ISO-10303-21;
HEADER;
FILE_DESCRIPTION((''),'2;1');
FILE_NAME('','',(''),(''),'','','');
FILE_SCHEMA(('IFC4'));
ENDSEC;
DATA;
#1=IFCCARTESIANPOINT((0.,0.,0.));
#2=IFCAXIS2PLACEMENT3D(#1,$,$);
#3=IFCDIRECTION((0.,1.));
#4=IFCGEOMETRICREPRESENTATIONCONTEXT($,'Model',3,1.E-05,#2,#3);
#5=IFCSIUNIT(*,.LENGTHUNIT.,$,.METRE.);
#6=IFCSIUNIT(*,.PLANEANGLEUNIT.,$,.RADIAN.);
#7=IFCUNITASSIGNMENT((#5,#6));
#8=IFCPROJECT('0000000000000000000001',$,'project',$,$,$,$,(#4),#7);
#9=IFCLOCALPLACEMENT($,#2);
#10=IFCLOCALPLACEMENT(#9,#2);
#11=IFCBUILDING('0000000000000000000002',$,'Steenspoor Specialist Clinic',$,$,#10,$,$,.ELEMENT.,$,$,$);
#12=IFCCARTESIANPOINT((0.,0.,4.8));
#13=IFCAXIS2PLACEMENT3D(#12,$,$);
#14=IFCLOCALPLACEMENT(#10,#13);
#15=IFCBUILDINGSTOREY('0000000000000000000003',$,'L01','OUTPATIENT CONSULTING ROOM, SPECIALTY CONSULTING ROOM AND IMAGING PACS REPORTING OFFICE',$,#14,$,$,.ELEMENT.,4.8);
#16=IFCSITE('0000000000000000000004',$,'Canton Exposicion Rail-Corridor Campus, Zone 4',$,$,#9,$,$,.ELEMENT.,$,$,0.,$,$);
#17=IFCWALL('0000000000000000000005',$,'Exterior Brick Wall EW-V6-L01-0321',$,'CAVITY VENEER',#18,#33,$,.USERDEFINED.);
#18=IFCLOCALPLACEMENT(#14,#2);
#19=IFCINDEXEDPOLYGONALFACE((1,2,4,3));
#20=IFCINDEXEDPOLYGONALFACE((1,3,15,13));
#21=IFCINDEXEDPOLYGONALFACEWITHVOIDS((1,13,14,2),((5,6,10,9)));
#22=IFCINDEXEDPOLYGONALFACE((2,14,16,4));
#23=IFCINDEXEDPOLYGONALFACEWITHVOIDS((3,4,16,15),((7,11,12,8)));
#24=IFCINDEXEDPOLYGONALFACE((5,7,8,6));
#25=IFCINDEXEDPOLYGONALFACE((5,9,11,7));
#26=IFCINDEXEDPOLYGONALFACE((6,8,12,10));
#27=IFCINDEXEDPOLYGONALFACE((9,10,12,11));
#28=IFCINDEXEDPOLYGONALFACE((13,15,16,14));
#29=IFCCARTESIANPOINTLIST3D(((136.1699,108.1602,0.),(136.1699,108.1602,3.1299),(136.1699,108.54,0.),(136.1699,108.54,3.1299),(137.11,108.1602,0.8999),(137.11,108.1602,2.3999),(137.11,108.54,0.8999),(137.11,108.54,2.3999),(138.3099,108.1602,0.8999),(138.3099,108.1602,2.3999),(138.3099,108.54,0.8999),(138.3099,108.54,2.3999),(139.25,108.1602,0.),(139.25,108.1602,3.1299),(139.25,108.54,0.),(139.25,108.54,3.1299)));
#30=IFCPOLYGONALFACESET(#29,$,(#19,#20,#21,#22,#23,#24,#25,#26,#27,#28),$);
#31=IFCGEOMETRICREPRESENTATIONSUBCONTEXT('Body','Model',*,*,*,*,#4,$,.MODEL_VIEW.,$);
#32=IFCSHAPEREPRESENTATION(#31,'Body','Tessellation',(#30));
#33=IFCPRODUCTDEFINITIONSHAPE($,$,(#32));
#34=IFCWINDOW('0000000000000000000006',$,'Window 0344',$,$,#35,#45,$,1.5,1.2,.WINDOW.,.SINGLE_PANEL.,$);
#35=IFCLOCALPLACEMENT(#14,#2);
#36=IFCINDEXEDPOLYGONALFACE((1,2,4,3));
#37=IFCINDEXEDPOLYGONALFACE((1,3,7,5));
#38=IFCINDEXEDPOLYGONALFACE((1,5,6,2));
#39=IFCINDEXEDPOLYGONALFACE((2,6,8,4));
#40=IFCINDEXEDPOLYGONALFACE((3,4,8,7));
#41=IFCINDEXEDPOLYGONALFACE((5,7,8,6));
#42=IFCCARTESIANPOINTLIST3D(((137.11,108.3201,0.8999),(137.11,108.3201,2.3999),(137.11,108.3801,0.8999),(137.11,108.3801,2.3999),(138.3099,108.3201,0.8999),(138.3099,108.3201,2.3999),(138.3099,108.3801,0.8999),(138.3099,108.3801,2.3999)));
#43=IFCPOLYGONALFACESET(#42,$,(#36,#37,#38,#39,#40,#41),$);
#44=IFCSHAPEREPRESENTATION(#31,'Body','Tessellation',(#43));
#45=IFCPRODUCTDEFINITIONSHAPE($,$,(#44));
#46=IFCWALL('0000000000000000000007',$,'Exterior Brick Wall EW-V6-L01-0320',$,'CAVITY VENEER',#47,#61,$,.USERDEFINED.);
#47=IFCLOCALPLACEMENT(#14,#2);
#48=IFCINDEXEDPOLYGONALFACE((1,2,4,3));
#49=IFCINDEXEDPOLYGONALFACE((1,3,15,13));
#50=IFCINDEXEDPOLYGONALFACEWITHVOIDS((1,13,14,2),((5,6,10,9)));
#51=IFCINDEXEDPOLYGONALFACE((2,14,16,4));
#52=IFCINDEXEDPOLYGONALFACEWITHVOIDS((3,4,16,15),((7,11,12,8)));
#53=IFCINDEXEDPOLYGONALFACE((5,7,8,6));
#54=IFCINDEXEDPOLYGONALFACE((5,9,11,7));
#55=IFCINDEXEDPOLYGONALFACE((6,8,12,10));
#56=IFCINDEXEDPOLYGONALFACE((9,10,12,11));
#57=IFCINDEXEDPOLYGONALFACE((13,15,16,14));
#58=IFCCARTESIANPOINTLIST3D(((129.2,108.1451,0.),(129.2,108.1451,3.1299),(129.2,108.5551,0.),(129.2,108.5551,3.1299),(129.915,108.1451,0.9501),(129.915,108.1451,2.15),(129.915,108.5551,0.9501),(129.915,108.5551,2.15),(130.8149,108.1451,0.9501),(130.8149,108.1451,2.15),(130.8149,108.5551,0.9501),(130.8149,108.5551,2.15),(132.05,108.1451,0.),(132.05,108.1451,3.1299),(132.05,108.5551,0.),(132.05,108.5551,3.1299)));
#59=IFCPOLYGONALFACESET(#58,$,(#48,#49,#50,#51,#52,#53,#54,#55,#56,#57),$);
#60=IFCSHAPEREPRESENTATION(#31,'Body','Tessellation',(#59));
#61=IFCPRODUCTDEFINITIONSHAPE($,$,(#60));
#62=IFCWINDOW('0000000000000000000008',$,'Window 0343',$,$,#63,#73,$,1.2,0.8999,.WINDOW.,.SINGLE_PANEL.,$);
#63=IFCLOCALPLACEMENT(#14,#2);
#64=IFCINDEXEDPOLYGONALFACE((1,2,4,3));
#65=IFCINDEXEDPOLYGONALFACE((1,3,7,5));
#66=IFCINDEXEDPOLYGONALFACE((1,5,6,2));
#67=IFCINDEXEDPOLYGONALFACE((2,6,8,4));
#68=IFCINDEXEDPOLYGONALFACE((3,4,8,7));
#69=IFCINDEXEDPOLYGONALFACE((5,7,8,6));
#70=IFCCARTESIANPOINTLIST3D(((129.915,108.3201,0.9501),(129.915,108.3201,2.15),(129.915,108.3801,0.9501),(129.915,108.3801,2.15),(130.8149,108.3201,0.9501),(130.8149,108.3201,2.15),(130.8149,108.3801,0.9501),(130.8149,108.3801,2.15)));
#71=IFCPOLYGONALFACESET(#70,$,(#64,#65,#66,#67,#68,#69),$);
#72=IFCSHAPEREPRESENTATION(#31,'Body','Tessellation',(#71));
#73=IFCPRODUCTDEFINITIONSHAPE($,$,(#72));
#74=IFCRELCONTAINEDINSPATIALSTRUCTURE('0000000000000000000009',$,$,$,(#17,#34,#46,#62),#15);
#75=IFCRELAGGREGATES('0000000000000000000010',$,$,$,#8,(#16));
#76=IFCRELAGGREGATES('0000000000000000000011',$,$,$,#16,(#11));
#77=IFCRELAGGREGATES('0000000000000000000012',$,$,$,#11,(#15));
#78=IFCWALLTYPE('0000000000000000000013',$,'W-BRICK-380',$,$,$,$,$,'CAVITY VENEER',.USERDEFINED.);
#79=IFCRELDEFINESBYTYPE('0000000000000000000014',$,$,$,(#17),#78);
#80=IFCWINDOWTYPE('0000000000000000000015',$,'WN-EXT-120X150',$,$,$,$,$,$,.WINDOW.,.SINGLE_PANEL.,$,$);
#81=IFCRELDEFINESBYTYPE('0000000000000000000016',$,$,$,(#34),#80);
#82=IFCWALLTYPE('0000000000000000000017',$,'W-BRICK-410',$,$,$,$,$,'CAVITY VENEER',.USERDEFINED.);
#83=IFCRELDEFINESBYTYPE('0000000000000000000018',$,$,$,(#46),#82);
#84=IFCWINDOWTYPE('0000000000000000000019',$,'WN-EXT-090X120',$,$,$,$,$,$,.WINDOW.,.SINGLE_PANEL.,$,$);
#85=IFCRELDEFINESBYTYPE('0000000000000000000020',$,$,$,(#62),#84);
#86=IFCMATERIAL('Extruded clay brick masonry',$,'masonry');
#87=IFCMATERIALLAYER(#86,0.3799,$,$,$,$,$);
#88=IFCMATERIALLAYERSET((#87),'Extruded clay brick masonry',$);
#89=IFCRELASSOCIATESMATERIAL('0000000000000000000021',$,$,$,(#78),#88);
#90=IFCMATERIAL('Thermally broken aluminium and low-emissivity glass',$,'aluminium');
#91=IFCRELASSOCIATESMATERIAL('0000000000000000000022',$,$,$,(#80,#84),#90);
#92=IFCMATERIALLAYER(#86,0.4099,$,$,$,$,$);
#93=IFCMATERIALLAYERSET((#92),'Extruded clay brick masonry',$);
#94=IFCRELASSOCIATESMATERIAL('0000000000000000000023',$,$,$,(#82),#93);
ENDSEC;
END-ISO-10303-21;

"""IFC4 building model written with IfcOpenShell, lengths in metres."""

from ifc_helpers import new_model, si_unit, direction, frame, frame_2d, origin, place, context, subcontext, project, spatial, rectangle, extrude, material, layer, layer_set, type_object, element, fill, save


model = new_model("IFC4")

# Units and contexts
model_context = context("Model", 3, precision=1e-05, world=origin(), true_north=direction((0.0, 1.0)))
body_context = subcontext(model_context, "Body", "Model", "MODEL_VIEW")
ifc_project = project(units=[si_unit("LENGTHUNIT", "METRE"), si_unit("PLANEANGLEUNIT", "RADIAN")], contexts=[model_context])

# Site, building, storey
site_placement = place(None, origin())
site = spatial("IfcSite", under=ifc_project, at=site_placement, Name="Canton Exposicion Rail-Corridor Campus, Zone 4", CompositionType="ELEMENT", RefElevation=0.0)
building_placement = place(site_placement, origin())
building = spatial("IfcBuilding", under=site, at=building_placement, Name="Steenspoor Specialist Clinic", CompositionType="ELEMENT")
storey_placement = place(building_placement, frame((0.0, 0.0, 4.8)))
storey = spatial("IfcBuildingStorey", under=building, at=storey_placement, Name="L01", Description="OUTPATIENT CONSULTING ROOM, SPECIALTY CONSULTING ROOM AND IMAGING PACS REPORTING OFFICE", CompositionType="ELEMENT", Elevation=4.8)

# Shared definitions
ifc_material_1 = material(Name="Thermally broken aluminium and low-emissivity glass", Category="aluminium")

# Walls, openings, windows
ifc_material_2 = material(Name="Extruded clay brick masonry", Category="masonry")
ifc_layer_1 = layer(ifc_material_2, 0.3799)
ifc_layer_set_1 = layer_set([ifc_layer_1], Name="Extruded clay brick masonry")
wall_type_1 = type_object("IfcWallType", Name="W-BRICK-380", ElementType="CAVITY VENEER", PredefinedType="USERDEFINED", material=ifc_layer_set_1)
wall_1_placement = place(storey_placement, frame((136.1699, 108.3501, 0.0), z_axis=(0.0, 0.0, 1.0), x_axis=(1.0, 0.0, 0.0)))
wall_1 = element("IfcWall", 1, at=wall_1_placement, inside=storey, type_object=wall_type_1, Name="Exterior Brick Wall EW-V6-L01-0321", ObjectType="CAVITY VENEER", PredefinedType="USERDEFINED", context=body_context, shape_type="SweptSolid", body=[
    extrude(rectangle(XDim=3.0801, YDim=0.3799, at=frame_2d((1.54, 0.0))), origin(), (0.0, 0.0, 1.0), 3.1299),
])
opening_1_placement = place(wall_1_placement, frame((0.9399, 0.0, 0.8999)))
opening_1 = element("IfcOpeningElement", 2, at=opening_1_placement, cuts=wall_1, PredefinedType="OPENING", context=body_context, shape_type="SweptSolid", body=[
    extrude(rectangle(XDim=1.2, YDim=1.5, at=frame_2d((0.6001, 0.75))), frame((0.0, 0.2, 0.0), z_axis=(0.0, -1.0, 0.0), x_axis=(1.0, 0.0, 0.0)), (0.0, 0.0, 1.0), 0.3999),
])
window_type_1 = type_object("IfcWindowType", Name="WN-EXT-120X150", PartitioningType="SINGLE_PANEL", PredefinedType="WINDOW", material=ifc_material_1)
window_1_placement = place(opening_1_placement, origin())
window_1 = element("IfcWindow", 3, at=window_1_placement, inside=storey, type_object=window_type_1, Name="Window 0344", OverallHeight=1.5, OverallWidth=1.2, PartitioningType="SINGLE_PANEL", PredefinedType="WINDOW", context=body_context, shape_type="SweptSolid", body=[
    extrude(rectangle(XDim=1.2, YDim=1.5, at=frame_2d((0.6001, 0.75))), frame((0.0, 0.03, 0.0), z_axis=(0.0, -1.0, 0.0), x_axis=(1.0, 0.0, 0.0)), (0.0, 0.0, 1.0), 0.0601),
])
fill(opening_1, window_1)
ifc_layer_2 = layer(ifc_material_2, 0.4099)
ifc_layer_set_2 = layer_set([ifc_layer_2], Name="Extruded clay brick masonry")
wall_type_2 = type_object("IfcWallType", Name="W-BRICK-410", ElementType="CAVITY VENEER", PredefinedType="USERDEFINED", material=ifc_layer_set_2)
wall_2_placement = place(storey_placement, frame((129.2, 108.3501, 0.0), z_axis=(0.0, 0.0, 1.0), x_axis=(1.0, 0.0, 0.0)))
wall_2 = element("IfcWall", 4, at=wall_2_placement, inside=storey, type_object=wall_type_2, Name="Exterior Brick Wall EW-V6-L01-0320", ObjectType="CAVITY VENEER", PredefinedType="USERDEFINED", context=body_context, shape_type="SweptSolid", body=[
    extrude(rectangle(XDim=2.8501, YDim=0.4099, at=frame_2d((1.425, 0.0))), origin(), (0.0, 0.0, 1.0), 3.1299),
])
opening_2_placement = place(wall_2_placement, frame((0.7151, 0.0, 0.95)))
opening_2 = element("IfcOpeningElement", 5, at=opening_2_placement, cuts=wall_2, PredefinedType="OPENING", context=body_context, shape_type="SweptSolid", body=[
    extrude(rectangle(XDim=0.8999, YDim=1.2, at=frame_2d((0.45, 0.6001))), frame((0.0, 0.2148, 0.0), z_axis=(0.0, -1.0, 0.0), x_axis=(1.0, 0.0, 0.0)), (0.0, 0.0, 1.0), 0.4299),
])
window_type_2 = type_object("IfcWindowType", Name="WN-EXT-090X120", PartitioningType="SINGLE_PANEL", PredefinedType="WINDOW", material=ifc_material_1)
window_2_placement = place(opening_2_placement, origin())
window_2 = element("IfcWindow", 6, at=window_2_placement, inside=storey, type_object=window_type_2, Name="Window 0343", OverallHeight=1.2, OverallWidth=0.8999, PartitioningType="SINGLE_PANEL", PredefinedType="WINDOW", context=body_context, shape_type="SweptSolid", body=[
    extrude(rectangle(XDim=0.8999, YDim=1.2, at=frame_2d((0.45, 0.6001))), frame((0.0, 0.03, 0.0), z_axis=(0.0, -1.0, 0.0), x_axis=(1.0, 0.0, 0.0)), (0.0, 0.0, 1.0), 0.0601),
])
fill(opening_2, window_2)

save(model, "model.ifc")
